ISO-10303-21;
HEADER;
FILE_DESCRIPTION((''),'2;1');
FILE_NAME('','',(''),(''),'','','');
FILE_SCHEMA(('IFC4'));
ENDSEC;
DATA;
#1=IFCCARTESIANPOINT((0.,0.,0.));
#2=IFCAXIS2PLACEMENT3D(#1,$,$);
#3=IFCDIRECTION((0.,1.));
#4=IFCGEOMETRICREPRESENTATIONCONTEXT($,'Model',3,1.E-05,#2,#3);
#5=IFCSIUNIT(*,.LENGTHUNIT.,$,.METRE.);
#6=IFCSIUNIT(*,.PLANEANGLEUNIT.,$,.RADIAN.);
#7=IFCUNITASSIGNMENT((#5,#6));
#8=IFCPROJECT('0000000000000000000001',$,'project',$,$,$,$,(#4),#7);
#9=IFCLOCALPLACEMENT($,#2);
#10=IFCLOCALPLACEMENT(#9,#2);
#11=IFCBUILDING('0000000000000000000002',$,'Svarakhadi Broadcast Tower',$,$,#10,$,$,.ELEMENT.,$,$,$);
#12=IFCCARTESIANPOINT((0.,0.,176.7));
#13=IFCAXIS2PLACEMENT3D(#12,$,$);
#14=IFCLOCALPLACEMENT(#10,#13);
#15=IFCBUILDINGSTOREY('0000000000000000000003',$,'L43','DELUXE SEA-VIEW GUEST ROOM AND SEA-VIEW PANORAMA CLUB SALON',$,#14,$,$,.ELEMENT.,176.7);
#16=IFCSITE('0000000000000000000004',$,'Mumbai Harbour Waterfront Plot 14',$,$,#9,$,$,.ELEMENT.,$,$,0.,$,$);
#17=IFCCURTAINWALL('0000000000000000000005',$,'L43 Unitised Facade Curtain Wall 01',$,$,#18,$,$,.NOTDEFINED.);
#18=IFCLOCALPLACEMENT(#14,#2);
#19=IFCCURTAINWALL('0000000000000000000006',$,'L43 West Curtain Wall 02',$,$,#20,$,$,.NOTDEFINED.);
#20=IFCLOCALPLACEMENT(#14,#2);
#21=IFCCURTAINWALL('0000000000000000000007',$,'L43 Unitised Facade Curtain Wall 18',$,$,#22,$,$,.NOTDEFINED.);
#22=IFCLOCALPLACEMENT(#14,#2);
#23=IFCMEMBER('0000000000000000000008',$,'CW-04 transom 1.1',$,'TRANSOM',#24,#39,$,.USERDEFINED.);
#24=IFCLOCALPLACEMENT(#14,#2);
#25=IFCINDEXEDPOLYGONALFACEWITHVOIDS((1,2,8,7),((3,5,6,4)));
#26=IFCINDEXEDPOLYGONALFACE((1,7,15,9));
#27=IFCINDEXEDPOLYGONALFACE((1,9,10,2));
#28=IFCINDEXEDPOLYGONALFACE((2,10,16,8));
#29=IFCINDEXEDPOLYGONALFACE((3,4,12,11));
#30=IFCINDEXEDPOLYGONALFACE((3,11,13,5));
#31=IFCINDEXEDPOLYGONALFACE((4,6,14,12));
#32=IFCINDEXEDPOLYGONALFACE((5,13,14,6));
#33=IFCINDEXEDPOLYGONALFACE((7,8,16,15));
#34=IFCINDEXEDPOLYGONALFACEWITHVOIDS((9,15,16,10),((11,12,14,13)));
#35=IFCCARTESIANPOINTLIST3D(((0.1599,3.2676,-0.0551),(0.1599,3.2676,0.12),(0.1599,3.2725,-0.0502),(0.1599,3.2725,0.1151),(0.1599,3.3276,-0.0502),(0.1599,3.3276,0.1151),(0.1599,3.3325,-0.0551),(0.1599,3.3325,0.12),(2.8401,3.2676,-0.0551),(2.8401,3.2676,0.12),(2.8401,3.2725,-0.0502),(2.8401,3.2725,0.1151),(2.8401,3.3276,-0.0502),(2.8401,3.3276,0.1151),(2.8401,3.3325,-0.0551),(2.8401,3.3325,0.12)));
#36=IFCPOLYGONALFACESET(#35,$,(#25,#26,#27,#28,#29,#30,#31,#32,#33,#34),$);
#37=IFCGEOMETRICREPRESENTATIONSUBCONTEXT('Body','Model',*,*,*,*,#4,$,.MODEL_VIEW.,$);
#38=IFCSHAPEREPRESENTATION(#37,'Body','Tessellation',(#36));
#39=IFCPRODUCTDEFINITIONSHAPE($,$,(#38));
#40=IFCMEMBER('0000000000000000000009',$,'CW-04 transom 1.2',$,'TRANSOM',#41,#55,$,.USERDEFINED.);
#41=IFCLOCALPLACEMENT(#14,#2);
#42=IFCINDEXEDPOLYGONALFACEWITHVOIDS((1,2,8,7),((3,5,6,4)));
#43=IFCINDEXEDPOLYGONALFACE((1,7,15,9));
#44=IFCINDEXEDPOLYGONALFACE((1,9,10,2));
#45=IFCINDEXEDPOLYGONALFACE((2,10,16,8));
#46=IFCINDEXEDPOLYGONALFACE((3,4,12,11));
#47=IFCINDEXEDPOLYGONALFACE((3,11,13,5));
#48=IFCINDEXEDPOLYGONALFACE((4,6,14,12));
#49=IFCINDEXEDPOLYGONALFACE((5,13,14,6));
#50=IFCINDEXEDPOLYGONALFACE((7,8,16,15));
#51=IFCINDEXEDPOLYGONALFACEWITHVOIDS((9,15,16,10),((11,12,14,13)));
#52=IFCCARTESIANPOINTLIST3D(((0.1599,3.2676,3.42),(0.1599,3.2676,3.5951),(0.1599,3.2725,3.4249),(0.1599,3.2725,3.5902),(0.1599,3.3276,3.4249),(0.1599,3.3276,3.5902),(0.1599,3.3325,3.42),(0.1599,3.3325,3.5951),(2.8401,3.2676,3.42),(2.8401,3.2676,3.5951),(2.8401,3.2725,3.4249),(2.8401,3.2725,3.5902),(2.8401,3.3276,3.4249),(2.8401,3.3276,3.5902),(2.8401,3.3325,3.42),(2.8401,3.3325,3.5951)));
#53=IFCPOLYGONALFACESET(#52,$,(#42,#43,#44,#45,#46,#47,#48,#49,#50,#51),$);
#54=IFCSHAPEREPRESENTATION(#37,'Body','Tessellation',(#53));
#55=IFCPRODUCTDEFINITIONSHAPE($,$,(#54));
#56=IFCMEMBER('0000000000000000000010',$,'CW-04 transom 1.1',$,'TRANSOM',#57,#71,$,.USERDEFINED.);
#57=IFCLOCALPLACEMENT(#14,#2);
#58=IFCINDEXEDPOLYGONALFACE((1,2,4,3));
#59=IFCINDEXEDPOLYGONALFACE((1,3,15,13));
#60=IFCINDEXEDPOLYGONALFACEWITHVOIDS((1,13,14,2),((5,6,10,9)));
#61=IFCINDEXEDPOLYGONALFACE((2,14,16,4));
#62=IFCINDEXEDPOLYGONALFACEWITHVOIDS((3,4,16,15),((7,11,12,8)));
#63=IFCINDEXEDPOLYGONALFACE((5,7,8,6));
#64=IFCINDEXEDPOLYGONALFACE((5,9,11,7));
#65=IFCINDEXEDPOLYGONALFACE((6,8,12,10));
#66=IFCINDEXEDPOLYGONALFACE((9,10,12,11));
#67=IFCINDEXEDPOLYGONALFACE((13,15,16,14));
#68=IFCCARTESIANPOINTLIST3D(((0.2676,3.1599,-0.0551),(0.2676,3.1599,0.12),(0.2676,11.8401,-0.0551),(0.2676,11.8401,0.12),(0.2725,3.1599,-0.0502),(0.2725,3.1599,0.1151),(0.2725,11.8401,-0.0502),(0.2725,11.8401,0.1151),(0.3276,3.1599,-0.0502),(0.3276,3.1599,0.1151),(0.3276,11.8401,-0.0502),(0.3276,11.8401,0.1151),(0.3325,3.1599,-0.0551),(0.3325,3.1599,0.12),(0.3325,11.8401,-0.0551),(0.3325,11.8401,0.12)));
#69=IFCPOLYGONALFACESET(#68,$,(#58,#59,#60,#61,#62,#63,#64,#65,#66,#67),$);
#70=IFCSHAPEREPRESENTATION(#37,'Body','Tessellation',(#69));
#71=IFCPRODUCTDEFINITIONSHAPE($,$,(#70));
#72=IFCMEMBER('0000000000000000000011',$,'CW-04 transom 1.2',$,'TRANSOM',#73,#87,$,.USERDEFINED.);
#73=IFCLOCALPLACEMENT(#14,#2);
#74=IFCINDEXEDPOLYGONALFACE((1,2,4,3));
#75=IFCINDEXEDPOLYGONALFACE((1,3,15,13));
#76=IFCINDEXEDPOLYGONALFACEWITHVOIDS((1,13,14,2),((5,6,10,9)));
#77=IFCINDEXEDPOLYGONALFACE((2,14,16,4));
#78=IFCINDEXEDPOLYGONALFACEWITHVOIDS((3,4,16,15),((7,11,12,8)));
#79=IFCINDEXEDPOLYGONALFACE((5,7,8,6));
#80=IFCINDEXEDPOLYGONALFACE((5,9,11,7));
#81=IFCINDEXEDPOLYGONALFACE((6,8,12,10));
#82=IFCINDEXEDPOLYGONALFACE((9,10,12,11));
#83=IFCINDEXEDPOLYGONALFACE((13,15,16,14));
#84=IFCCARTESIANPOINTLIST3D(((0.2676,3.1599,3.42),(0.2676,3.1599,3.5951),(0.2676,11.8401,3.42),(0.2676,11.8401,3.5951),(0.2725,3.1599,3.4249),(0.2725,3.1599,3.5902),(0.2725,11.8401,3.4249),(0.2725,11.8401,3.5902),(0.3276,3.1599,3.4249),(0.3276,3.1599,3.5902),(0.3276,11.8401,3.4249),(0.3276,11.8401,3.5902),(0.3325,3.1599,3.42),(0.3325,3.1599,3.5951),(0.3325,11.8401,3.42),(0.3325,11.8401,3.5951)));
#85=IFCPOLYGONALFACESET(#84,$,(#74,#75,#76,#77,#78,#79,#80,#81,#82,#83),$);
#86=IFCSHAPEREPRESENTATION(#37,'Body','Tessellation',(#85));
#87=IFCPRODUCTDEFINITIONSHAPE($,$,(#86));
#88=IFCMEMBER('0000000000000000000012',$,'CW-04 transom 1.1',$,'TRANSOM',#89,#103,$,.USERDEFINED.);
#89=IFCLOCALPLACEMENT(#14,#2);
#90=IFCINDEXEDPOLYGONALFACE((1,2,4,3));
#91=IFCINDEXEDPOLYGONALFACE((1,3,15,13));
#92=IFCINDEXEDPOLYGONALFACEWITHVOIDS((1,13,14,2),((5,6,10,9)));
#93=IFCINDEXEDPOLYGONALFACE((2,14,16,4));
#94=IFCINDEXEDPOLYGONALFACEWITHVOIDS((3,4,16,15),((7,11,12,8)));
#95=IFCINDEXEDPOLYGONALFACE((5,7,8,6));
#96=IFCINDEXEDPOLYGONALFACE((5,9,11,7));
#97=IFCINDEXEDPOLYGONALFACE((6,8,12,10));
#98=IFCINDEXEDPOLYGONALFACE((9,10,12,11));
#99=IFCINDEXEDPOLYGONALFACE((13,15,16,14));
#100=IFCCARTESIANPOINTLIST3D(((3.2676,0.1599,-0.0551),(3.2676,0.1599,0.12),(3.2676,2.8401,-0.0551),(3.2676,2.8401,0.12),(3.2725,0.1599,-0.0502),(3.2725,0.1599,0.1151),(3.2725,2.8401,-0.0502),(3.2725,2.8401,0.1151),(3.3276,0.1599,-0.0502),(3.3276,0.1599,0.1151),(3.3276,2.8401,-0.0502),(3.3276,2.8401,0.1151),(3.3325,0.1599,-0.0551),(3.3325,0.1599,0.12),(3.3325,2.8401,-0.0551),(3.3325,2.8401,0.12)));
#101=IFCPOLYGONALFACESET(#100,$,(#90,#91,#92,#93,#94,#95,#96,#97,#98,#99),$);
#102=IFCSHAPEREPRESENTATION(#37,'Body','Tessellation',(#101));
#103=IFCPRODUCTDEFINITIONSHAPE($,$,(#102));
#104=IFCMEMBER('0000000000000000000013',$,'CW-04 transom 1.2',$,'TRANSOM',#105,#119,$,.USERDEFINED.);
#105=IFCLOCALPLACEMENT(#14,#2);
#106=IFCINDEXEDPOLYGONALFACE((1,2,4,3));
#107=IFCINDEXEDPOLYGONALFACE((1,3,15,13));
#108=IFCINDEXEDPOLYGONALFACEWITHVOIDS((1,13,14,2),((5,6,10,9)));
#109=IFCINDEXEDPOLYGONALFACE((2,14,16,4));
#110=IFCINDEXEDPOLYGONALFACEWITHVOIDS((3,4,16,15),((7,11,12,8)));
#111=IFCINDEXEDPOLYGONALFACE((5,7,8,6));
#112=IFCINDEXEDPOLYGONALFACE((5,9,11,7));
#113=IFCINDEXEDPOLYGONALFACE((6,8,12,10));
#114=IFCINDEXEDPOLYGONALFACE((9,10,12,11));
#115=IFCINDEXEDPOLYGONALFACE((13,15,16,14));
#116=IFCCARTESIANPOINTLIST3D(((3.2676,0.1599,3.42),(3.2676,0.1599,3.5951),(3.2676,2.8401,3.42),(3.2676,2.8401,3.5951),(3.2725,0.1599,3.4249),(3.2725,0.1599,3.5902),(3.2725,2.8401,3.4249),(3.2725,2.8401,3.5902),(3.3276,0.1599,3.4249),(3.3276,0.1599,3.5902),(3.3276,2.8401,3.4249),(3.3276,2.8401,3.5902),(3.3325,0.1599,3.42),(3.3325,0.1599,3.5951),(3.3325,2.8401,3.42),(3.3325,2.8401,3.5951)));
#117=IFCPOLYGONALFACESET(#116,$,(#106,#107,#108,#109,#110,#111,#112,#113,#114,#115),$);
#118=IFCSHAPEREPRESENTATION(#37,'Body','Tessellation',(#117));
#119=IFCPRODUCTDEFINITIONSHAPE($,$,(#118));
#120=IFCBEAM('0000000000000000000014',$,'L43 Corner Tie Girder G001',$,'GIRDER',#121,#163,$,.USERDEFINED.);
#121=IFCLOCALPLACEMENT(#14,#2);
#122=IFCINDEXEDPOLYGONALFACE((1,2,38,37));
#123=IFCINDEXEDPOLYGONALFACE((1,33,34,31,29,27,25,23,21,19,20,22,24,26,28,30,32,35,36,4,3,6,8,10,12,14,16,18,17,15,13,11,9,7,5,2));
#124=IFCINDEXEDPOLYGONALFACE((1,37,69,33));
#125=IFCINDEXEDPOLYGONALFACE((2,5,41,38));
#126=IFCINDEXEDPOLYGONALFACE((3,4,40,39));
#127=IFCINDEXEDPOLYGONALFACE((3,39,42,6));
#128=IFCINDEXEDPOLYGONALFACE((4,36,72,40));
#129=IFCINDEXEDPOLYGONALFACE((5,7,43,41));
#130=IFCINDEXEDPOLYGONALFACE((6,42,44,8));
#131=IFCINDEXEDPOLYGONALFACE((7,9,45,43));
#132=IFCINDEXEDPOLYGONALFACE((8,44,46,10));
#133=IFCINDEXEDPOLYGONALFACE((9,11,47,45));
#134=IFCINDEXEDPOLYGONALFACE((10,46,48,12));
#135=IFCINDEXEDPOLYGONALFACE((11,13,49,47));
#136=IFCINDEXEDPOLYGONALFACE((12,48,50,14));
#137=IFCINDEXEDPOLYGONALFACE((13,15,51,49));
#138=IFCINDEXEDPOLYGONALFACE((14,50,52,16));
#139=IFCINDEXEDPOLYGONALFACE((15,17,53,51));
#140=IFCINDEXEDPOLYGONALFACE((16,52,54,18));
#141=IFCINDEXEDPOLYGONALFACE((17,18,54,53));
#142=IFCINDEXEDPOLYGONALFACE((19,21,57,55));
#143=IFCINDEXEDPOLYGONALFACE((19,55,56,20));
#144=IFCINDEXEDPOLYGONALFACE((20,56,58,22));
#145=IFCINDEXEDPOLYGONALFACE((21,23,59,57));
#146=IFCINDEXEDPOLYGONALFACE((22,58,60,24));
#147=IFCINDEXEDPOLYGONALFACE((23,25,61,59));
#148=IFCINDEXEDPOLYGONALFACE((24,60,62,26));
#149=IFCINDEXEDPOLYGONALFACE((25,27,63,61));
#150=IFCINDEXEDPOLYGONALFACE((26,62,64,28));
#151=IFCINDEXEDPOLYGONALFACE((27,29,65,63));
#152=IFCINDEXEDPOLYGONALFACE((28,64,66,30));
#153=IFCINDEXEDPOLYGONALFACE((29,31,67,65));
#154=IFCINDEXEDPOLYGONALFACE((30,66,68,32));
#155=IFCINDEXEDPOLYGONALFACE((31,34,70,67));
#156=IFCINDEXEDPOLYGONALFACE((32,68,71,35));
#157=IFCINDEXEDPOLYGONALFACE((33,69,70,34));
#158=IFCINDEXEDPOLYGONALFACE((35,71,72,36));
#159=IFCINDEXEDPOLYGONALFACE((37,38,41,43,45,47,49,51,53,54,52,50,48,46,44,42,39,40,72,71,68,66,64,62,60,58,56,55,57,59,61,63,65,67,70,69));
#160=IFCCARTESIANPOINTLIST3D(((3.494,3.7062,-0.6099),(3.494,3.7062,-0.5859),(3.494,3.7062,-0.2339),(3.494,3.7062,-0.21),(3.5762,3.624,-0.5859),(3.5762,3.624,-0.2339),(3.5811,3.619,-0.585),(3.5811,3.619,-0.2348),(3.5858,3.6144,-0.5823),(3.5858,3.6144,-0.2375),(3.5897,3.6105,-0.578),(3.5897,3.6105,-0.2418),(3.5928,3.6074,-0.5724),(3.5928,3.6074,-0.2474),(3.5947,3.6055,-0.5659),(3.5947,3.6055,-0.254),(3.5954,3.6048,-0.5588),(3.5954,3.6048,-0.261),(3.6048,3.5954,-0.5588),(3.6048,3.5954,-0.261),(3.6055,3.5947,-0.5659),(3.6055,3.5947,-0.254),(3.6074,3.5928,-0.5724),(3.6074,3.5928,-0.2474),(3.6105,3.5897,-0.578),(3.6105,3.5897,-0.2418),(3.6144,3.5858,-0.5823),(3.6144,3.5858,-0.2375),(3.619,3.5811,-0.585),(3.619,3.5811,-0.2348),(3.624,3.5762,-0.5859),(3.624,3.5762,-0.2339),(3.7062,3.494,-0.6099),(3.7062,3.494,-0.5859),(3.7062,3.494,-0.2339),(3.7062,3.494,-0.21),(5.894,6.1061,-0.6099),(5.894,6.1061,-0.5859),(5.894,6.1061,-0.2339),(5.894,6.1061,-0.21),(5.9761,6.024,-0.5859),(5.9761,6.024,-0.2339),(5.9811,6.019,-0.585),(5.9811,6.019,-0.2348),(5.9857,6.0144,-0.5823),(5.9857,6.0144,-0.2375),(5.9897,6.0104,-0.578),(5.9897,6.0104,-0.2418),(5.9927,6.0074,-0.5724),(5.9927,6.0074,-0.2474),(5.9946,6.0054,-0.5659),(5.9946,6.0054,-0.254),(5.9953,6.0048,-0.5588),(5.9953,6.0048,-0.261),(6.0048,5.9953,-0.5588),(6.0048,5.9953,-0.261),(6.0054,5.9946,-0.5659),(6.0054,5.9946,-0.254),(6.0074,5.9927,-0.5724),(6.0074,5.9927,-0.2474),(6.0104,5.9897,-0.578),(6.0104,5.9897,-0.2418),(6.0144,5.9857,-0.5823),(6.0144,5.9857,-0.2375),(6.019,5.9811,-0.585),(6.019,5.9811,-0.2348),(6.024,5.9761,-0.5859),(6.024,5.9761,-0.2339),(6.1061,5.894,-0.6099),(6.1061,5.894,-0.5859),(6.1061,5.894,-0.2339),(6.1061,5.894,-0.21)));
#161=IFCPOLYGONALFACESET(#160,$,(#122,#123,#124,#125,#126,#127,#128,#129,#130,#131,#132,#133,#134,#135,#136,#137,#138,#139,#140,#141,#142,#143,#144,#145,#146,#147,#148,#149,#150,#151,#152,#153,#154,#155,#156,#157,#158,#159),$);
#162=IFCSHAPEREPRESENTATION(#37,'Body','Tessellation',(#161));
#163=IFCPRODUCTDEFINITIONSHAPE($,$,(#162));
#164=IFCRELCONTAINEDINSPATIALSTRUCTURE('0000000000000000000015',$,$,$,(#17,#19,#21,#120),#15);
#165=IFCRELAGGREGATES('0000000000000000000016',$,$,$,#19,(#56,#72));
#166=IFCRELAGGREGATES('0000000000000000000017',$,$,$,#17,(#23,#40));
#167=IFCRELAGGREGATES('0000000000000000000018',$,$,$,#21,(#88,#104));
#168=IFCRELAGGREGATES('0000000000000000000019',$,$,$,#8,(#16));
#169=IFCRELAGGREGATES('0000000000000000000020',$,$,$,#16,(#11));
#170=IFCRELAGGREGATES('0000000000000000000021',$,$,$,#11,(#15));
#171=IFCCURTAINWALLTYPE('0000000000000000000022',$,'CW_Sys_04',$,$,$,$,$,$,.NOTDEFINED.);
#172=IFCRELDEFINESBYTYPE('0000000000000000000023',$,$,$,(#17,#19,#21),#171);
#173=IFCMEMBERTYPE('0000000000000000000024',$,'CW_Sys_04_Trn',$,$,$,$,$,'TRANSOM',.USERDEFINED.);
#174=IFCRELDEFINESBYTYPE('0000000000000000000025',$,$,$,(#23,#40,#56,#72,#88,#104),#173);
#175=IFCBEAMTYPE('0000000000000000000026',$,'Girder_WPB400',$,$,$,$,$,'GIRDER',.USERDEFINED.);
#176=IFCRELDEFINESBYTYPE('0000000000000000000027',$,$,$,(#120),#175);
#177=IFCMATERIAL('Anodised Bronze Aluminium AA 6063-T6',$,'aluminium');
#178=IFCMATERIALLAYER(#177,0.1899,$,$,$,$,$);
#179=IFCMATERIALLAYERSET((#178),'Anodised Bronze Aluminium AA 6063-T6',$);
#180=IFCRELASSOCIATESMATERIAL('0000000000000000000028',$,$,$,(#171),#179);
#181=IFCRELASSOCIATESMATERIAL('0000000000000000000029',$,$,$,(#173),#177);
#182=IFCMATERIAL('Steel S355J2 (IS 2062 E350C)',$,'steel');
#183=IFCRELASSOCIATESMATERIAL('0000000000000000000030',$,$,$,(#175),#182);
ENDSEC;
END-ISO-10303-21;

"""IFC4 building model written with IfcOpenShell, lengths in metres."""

from ifc_helpers import new_model, si_unit, direction, frame, origin, origin_2d, place, context, subcontext, project, spatial, hollow_rectangle, i_section, extrude, material, layer, layer_set, material_profile, profile_set, type_object, element, aggregate, save


model = new_model("IFC4")

# Units and contexts
model_context = context("Model", 3, precision=1e-05, world=origin(), true_north=direction((0.0, 1.0)))
body_context = subcontext(model_context, "Body", "Model", "MODEL_VIEW")
ifc_project = project(units=[si_unit("LENGTHUNIT", "METRE"), si_unit("PLANEANGLEUNIT", "RADIAN")], contexts=[model_context])

# Site, building, storey
site_placement = place(None, origin())
site = spatial("IfcSite", under=ifc_project, at=site_placement, Name="Mumbai Harbour Waterfront Plot 14", CompositionType="ELEMENT", RefElevation=0.0)
building_placement = place(site_placement, origin())
building = spatial("IfcBuilding", under=site, at=building_placement, Name="Svarakhadi Broadcast Tower", CompositionType="ELEMENT")
storey_placement = place(building_placement, frame((0.0, 0.0, 176.7)))
storey = spatial("IfcBuildingStorey", under=building, at=storey_placement, Name="L43", Description="DELUXE SEA-VIEW GUEST ROOM AND SEA-VIEW PANORAMA CLUB SALON", CompositionType="ELEMENT", Elevation=176.7)

# Curtain wall
ifc_material_1 = material(Name="Anodised Bronze Aluminium AA 6063-T6", Category="aluminium")
ifc_layer_1 = layer(ifc_material_1, 0.1899)
ifc_layer_set_1 = layer_set([ifc_layer_1], Name="Anodised Bronze Aluminium AA 6063-T6")
curtain_wall_type = type_object("IfcCurtainWallType", Name="CW_Sys_04", PredefinedType="NOTDEFINED", material=ifc_layer_set_1)
curtain_wall_1_placement = place(storey_placement, origin())
curtain_wall_1 = element("IfcCurtainWall", 1, at=curtain_wall_1_placement, inside=storey, type_object=curtain_wall_type, Name="L43 Unitised Facade Curtain Wall 01", PredefinedType="NOTDEFINED")

# Curtain wall
curtain_wall_2_placement = place(storey_placement, origin())
curtain_wall_2 = element("IfcCurtainWall", 2, at=curtain_wall_2_placement, inside=storey, type_object=curtain_wall_type, Name="L43 West Curtain Wall 02", PredefinedType="NOTDEFINED")

# Curtain wall
curtain_wall_3_placement = place(storey_placement, origin())
curtain_wall_3 = element("IfcCurtainWall", 3, at=curtain_wall_3_placement, inside=storey, type_object=curtain_wall_type, Name="L43 Unitised Facade Curtain Wall 18", PredefinedType="NOTDEFINED")

# Members
ifc_material_profile_1 = material_profile(ifc_material_1, hollow_rectangle(XDim=0.0649, YDim=0.175, WallThickness=0.0049, at=origin_2d()), Name="ALU TRANSOM 175x65x5")
ifc_profile_set_1 = profile_set([ifc_material_profile_1], Name="Anodised Bronze Aluminium AA 6063-T6")
member_type_1 = type_object("IfcMemberType", Name="CW_Sys_04_Trn", ElementType="TRANSOM", PredefinedType="USERDEFINED", material=ifc_profile_set_1)
member_1_placement = place(storey_placement, frame((2.8401, 3.3, 0.0325), z_axis=(-1.0, 0.0, 0.0), x_axis=(0.0, -1.0, 0.0)))
member_1 = element("IfcMember", 4, at=member_1_placement, type_object=member_type_1, Name="CW-04 transom 1.1", ObjectType="TRANSOM", PredefinedType="USERDEFINED", context=body_context, shape_type="SweptSolid", body=[
    extrude(hollow_rectangle(XDim=0.0649, YDim=0.175, WallThickness=0.0049, at=origin_2d()), origin(), (0.0, 0.0, 1.0), 2.6802),
])
member_2_placement = place(storey_placement, frame((2.8401, 3.3, 3.5076), z_axis=(-1.0, 0.0, 0.0), x_axis=(0.0, -1.0, 0.0)))
member_2 = element("IfcMember", 5, at=member_2_placement, type_object=member_type_1, Name="CW-04 transom 1.2", ObjectType="TRANSOM", PredefinedType="USERDEFINED", context=body_context, shape_type="SweptSolid", body=[
    extrude(hollow_rectangle(XDim=0.0649, YDim=0.175, WallThickness=0.0049, at=origin_2d()), origin(), (0.0, 0.0, 1.0), 2.6802),
])
member_3_placement = place(storey_placement, frame((0.3, 3.1599, 0.0325), z_axis=(0.0, 1.0, 0.0), x_axis=(-1.0, 0.0, 0.0)))
member_3 = element("IfcMember", 6, at=member_3_placement, type_object=member_type_1, Name="CW-04 transom 1.1", ObjectType="TRANSOM", PredefinedType="USERDEFINED", context=body_context, shape_type="SweptSolid", body=[
    extrude(hollow_rectangle(XDim=0.0649, YDim=0.175, WallThickness=0.0049, at=origin_2d()), origin(), (0.0, 0.0, 1.0), 8.6802),
])
member_4_placement = place(storey_placement, frame((0.3, 3.1599, 3.5076), z_axis=(0.0, 1.0, 0.0), x_axis=(-1.0, 0.0, 0.0)))
member_4 = element("IfcMember", 7, at=member_4_placement, type_object=member_type_1, Name="CW-04 transom 1.2", ObjectType="TRANSOM", PredefinedType="USERDEFINED", context=body_context, shape_type="SweptSolid", body=[
    extrude(hollow_rectangle(XDim=0.0649, YDim=0.175, WallThickness=0.0049, at=origin_2d()), origin(), (0.0, 0.0, 1.0), 8.6802),
])
aggregate(curtain_wall_2, [member_3, member_4])
member_5_placement = place(storey_placement, frame((3.3, 0.1599, 0.0325), z_axis=(0.0, 1.0, 0.0), x_axis=(-1.0, 0.0, 0.0)))
member_5 = element("IfcMember", 8, at=member_5_placement, type_object=member_type_1, Name="CW-04 transom 1.1", ObjectType="TRANSOM", PredefinedType="USERDEFINED", context=body_context, shape_type="SweptSolid", body=[
    extrude(hollow_rectangle(XDim=0.0649, YDim=0.175, WallThickness=0.0049, at=origin_2d()), origin(), (0.0, 0.0, 1.0), 2.6802),
])
member_6_placement = place(storey_placement, frame((3.3, 0.1599, 3.5076), z_axis=(0.0, 1.0, 0.0), x_axis=(-1.0, 0.0, 0.0)))
member_6 = element("IfcMember", 9, at=member_6_placement, type_object=member_type_1, Name="CW-04 transom 1.2", ObjectType="TRANSOM", PredefinedType="USERDEFINED", context=body_context, shape_type="SweptSolid", body=[
    extrude(hollow_rectangle(XDim=0.0649, YDim=0.175, WallThickness=0.0049, at=origin_2d()), origin(), (0.0, 0.0, 1.0), 2.6802),
])

# Beam
ifc_material_2 = material(Name="Steel S355J2 (IS 2062 E350C)", Category="steel")
ifc_material_profile_2 = material_profile(ifc_material_2, i_section(OverallWidth=0.3, OverallDepth=0.3999, WebThickness=0.0134, FlangeThickness=0.0239, FilletRadius=0.0271, at=origin_2d()), Name="WPB 400x300x155")
ifc_profile_set_2 = profile_set([ifc_material_profile_2], Name="Steel S355J2 (IS 2062 E350C)")
beam_type = type_object("IfcBeamType", Name="Girder_WPB400", ElementType="GIRDER", PredefinedType="USERDEFINED", material=ifc_profile_set_2)
beam_1_placement = place(storey_placement, frame((3.6001, 3.6001, -0.4099), z_axis=(0.707107, 0.707107, 0.0), x_axis=(-0.707107, 0.707107, 0.0)))
element("IfcBeam", 10, at=beam_1_placement, inside=storey, type_object=beam_type, Name="L43 Corner Tie Girder G001", ObjectType="GIRDER", PredefinedType="USERDEFINED", context=body_context, shape_type="SweptSolid", body=[
    extrude(i_section(OverallWidth=0.3, OverallDepth=0.3999, WebThickness=0.0134, FlangeThickness=0.0239, FilletRadius=0.0271, at=origin_2d()), origin(), (0.0, 0.0, 1.0), 3.394),
])

aggregate(curtain_wall_1, [member_1, member_2])
aggregate(curtain_wall_3, [member_5, member_6])

save(model, "model.ifc")
